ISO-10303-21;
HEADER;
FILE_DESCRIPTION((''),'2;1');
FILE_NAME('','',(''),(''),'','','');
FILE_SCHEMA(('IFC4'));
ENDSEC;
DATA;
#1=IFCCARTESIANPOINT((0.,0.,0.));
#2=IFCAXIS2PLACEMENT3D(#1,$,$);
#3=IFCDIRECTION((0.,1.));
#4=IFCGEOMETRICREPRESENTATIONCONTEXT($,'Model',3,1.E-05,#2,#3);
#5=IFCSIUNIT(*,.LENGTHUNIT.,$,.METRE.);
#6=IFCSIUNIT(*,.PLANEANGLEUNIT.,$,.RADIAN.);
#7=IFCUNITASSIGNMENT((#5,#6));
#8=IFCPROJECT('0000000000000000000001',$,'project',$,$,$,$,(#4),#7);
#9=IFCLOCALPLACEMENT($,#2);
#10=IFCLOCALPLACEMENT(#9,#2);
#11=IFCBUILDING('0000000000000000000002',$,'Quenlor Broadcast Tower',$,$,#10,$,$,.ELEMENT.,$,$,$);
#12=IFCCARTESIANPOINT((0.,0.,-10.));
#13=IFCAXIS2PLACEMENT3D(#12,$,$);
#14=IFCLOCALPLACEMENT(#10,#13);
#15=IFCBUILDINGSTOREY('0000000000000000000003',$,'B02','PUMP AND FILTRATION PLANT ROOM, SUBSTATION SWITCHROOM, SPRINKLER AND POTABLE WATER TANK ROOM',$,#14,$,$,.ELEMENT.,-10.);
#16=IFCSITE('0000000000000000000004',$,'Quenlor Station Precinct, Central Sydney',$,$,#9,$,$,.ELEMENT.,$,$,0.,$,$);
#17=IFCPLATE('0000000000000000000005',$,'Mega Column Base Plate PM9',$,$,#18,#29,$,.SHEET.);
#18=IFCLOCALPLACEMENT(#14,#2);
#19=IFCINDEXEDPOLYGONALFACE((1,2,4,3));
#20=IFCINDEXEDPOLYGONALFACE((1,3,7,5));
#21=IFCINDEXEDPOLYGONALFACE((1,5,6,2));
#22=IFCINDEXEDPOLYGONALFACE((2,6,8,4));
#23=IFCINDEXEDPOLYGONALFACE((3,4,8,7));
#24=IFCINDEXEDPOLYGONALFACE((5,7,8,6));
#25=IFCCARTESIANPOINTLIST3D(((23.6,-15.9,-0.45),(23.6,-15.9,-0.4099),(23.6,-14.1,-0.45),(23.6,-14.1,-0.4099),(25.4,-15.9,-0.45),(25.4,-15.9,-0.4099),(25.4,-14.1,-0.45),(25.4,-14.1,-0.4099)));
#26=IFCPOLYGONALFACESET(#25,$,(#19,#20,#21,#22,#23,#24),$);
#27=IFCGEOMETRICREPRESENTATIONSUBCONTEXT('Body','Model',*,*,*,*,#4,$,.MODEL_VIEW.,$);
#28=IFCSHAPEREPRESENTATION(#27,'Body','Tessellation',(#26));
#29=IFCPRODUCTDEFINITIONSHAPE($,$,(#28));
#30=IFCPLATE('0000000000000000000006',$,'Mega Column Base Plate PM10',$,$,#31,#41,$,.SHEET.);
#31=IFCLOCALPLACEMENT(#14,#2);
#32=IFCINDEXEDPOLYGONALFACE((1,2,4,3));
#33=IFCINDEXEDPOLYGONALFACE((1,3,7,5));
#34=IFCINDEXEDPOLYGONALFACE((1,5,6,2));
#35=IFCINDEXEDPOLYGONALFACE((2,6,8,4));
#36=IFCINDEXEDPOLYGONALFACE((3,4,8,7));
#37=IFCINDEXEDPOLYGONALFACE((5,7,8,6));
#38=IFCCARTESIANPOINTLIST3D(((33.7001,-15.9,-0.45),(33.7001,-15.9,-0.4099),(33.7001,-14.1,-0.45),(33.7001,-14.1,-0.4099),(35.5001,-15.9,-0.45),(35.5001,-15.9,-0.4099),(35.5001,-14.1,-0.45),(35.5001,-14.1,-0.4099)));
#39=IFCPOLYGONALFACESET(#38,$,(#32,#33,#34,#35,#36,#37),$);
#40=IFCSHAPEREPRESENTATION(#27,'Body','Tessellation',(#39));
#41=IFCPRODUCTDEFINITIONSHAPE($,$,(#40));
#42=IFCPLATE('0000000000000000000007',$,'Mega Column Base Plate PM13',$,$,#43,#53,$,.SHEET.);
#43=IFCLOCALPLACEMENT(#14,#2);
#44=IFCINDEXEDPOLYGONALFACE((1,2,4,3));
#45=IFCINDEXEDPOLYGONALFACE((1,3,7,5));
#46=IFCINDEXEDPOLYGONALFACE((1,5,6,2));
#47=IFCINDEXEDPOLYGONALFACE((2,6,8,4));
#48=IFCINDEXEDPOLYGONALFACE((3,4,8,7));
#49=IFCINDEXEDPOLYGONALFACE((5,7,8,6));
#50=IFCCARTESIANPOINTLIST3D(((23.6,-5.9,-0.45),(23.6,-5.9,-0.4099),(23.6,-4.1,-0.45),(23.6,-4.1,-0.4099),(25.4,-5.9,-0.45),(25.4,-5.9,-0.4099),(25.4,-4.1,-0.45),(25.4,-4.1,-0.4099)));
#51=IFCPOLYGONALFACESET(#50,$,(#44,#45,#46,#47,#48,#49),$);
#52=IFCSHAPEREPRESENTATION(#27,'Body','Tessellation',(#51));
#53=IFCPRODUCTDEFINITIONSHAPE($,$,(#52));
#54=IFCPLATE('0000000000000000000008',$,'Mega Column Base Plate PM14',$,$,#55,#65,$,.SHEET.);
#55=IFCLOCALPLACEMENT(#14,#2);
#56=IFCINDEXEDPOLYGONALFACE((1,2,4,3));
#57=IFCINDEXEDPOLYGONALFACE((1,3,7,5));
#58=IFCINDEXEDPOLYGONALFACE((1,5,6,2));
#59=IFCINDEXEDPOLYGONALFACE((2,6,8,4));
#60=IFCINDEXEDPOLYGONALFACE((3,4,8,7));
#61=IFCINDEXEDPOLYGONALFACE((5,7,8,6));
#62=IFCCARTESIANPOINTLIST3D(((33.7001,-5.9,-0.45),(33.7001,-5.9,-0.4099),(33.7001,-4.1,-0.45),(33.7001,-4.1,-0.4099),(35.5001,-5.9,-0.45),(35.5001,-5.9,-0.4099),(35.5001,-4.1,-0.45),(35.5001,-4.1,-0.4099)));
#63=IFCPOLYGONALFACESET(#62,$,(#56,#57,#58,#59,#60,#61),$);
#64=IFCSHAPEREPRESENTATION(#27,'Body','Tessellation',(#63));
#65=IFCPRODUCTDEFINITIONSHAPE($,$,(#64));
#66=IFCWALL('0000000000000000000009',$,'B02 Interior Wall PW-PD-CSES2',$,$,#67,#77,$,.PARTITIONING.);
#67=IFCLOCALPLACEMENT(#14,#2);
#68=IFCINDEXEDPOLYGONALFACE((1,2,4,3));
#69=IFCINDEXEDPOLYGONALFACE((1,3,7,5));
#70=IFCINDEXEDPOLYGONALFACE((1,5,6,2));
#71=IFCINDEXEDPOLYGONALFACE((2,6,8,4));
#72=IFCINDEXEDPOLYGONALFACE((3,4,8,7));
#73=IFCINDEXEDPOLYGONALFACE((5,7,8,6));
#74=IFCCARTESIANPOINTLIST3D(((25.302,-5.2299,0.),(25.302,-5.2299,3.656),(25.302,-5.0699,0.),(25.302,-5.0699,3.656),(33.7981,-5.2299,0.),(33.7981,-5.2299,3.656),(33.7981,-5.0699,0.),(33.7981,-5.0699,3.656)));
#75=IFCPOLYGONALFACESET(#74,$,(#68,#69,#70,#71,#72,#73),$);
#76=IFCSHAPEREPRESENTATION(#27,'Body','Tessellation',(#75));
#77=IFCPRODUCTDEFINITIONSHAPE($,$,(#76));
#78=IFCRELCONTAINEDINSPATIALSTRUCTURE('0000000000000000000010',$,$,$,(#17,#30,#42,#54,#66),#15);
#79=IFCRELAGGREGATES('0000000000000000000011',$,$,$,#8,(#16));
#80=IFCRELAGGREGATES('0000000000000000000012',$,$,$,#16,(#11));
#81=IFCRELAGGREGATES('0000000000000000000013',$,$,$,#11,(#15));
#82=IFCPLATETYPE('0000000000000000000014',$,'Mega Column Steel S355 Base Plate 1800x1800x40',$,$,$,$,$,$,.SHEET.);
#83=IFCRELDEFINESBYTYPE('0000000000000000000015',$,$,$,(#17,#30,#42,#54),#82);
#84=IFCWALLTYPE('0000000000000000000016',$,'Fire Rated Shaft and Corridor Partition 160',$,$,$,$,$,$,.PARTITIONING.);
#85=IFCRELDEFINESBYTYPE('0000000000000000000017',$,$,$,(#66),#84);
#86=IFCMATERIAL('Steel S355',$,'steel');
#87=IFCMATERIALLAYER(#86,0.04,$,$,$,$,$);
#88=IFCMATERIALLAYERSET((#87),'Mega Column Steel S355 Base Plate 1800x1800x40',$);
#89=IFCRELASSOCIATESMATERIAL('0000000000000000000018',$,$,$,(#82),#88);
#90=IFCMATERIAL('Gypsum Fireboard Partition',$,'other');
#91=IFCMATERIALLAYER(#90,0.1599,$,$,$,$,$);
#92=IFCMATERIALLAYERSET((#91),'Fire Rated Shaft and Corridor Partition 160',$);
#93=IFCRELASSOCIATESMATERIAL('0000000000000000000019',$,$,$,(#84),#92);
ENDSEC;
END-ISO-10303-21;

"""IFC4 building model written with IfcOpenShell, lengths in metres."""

from ifc_helpers import new_model, si_unit, direction, frame, frame_2d, origin, origin_2d, place, context, subcontext, project, spatial, rectangle, extrude, material, layer, layer_set, type_object, element, save


model = new_model("IFC4")

# Units and contexts
model_context = context("Model", 3, precision=1e-05, world=origin(), true_north=direction((0.0, 1.0)))
body_context = subcontext(model_context, "Body", "Model", "MODEL_VIEW")
ifc_project = project(units=[si_unit("LENGTHUNIT", "METRE"), si_unit("PLANEANGLEUNIT", "RADIAN")], contexts=[model_context])

# Site, building, storey
site_placement = place(None, origin())
site = spatial("IfcSite", under=ifc_project, at=site_placement, Name="Quenlor Station Precinct, Central Sydney", CompositionType="ELEMENT", RefElevation=0.0)
building_placement = place(site_placement, origin())
building = spatial("IfcBuilding", under=site, at=building_placement, Name="Quenlor Broadcast Tower", CompositionType="ELEMENT")
storey_placement = place(building_placement, frame((0.0, 0.0, -10.0)))
storey = spatial("IfcBuildingStorey", under=building, at=storey_placement, Name="B02", Description="PUMP AND FILTRATION PLANT ROOM, SUBSTATION SWITCHROOM, SPRINKLER AND POTABLE WATER TANK ROOM", CompositionType="ELEMENT", Elevation=-10.0)

# Plates
ifc_material_1 = material(Name="Steel S355", Category="steel")
ifc_layer_1 = layer(ifc_material_1, 0.04)
ifc_layer_set_1 = layer_set([ifc_layer_1], Name="Mega Column Steel S355 Base Plate 1800x1800x40")
plate_type = type_object("IfcPlateType", Name="Mega Column Steel S355 Base Plate 1800x1800x40", PredefinedType="SHEET", material=ifc_layer_set_1)
for number, where, z_axis, x_axis, name in (
    (1, (24.5, -15.0, -0.45), (0.0, 0.0, 1.0), (1.0, 0.0, 0.0), "Mega Column Base Plate PM9"),
    (2, (34.6001, -15.0, -0.45), (0.0, 0.0, 1.0), (1.0, 0.0, 0.0), "Mega Column Base Plate PM10"),
    (3, (24.5, -5.0, -0.45), (0.0, 0.0, 1.0), (1.0, 0.0, 0.0), "Mega Column Base Plate PM13"),
    (4, (34.6001, -5.0, -0.45), (0.0, 0.0, 1.0), (1.0, 0.0, 0.0), "Mega Column Base Plate PM14"),
):
    element("IfcPlate", number, at=place(storey_placement, frame(where, z_axis=z_axis, x_axis=x_axis)), inside=storey, type_object=plate_type, Name=name, PredefinedType="SHEET", context=body_context, shape_type="SweptSolid", body=[
        extrude(rectangle(XDim=1.8, YDim=1.8, at=origin_2d()), origin(), (0.0, 0.0, 1.0), 0.04),
    ])

# Wall
ifc_material_2 = material(Name="Gypsum Fireboard Partition", Category="other")
ifc_layer_2 = layer(ifc_material_2, 0.1599)
ifc_layer_set_2 = layer_set([ifc_layer_2], Name="Fire Rated Shaft and Corridor Partition 160")
wall_type = type_object("IfcWallType", Name="Fire Rated Shaft and Corridor Partition 160", PredefinedType="PARTITIONING", material=ifc_layer_set_2)
wall_placement = place(storey_placement, frame((25.302, -5.1499, 0.0), z_axis=(0.0, 0.0, 1.0), x_axis=(1.0, 0.0, 0.0)))
element("IfcWall", 5, at=wall_placement, inside=storey, type_object=wall_type, Name="B02 Interior Wall PW-PD-CSES2", PredefinedType="PARTITIONING", context=body_context, shape_type="SweptSolid", body=[
    extrude(rectangle(XDim=8.4961, YDim=0.1599, at=frame_2d((4.248, 0.0))), origin(), (0.0, 0.0, 1.0), 3.656),
])

save(model, "model.ifc")
